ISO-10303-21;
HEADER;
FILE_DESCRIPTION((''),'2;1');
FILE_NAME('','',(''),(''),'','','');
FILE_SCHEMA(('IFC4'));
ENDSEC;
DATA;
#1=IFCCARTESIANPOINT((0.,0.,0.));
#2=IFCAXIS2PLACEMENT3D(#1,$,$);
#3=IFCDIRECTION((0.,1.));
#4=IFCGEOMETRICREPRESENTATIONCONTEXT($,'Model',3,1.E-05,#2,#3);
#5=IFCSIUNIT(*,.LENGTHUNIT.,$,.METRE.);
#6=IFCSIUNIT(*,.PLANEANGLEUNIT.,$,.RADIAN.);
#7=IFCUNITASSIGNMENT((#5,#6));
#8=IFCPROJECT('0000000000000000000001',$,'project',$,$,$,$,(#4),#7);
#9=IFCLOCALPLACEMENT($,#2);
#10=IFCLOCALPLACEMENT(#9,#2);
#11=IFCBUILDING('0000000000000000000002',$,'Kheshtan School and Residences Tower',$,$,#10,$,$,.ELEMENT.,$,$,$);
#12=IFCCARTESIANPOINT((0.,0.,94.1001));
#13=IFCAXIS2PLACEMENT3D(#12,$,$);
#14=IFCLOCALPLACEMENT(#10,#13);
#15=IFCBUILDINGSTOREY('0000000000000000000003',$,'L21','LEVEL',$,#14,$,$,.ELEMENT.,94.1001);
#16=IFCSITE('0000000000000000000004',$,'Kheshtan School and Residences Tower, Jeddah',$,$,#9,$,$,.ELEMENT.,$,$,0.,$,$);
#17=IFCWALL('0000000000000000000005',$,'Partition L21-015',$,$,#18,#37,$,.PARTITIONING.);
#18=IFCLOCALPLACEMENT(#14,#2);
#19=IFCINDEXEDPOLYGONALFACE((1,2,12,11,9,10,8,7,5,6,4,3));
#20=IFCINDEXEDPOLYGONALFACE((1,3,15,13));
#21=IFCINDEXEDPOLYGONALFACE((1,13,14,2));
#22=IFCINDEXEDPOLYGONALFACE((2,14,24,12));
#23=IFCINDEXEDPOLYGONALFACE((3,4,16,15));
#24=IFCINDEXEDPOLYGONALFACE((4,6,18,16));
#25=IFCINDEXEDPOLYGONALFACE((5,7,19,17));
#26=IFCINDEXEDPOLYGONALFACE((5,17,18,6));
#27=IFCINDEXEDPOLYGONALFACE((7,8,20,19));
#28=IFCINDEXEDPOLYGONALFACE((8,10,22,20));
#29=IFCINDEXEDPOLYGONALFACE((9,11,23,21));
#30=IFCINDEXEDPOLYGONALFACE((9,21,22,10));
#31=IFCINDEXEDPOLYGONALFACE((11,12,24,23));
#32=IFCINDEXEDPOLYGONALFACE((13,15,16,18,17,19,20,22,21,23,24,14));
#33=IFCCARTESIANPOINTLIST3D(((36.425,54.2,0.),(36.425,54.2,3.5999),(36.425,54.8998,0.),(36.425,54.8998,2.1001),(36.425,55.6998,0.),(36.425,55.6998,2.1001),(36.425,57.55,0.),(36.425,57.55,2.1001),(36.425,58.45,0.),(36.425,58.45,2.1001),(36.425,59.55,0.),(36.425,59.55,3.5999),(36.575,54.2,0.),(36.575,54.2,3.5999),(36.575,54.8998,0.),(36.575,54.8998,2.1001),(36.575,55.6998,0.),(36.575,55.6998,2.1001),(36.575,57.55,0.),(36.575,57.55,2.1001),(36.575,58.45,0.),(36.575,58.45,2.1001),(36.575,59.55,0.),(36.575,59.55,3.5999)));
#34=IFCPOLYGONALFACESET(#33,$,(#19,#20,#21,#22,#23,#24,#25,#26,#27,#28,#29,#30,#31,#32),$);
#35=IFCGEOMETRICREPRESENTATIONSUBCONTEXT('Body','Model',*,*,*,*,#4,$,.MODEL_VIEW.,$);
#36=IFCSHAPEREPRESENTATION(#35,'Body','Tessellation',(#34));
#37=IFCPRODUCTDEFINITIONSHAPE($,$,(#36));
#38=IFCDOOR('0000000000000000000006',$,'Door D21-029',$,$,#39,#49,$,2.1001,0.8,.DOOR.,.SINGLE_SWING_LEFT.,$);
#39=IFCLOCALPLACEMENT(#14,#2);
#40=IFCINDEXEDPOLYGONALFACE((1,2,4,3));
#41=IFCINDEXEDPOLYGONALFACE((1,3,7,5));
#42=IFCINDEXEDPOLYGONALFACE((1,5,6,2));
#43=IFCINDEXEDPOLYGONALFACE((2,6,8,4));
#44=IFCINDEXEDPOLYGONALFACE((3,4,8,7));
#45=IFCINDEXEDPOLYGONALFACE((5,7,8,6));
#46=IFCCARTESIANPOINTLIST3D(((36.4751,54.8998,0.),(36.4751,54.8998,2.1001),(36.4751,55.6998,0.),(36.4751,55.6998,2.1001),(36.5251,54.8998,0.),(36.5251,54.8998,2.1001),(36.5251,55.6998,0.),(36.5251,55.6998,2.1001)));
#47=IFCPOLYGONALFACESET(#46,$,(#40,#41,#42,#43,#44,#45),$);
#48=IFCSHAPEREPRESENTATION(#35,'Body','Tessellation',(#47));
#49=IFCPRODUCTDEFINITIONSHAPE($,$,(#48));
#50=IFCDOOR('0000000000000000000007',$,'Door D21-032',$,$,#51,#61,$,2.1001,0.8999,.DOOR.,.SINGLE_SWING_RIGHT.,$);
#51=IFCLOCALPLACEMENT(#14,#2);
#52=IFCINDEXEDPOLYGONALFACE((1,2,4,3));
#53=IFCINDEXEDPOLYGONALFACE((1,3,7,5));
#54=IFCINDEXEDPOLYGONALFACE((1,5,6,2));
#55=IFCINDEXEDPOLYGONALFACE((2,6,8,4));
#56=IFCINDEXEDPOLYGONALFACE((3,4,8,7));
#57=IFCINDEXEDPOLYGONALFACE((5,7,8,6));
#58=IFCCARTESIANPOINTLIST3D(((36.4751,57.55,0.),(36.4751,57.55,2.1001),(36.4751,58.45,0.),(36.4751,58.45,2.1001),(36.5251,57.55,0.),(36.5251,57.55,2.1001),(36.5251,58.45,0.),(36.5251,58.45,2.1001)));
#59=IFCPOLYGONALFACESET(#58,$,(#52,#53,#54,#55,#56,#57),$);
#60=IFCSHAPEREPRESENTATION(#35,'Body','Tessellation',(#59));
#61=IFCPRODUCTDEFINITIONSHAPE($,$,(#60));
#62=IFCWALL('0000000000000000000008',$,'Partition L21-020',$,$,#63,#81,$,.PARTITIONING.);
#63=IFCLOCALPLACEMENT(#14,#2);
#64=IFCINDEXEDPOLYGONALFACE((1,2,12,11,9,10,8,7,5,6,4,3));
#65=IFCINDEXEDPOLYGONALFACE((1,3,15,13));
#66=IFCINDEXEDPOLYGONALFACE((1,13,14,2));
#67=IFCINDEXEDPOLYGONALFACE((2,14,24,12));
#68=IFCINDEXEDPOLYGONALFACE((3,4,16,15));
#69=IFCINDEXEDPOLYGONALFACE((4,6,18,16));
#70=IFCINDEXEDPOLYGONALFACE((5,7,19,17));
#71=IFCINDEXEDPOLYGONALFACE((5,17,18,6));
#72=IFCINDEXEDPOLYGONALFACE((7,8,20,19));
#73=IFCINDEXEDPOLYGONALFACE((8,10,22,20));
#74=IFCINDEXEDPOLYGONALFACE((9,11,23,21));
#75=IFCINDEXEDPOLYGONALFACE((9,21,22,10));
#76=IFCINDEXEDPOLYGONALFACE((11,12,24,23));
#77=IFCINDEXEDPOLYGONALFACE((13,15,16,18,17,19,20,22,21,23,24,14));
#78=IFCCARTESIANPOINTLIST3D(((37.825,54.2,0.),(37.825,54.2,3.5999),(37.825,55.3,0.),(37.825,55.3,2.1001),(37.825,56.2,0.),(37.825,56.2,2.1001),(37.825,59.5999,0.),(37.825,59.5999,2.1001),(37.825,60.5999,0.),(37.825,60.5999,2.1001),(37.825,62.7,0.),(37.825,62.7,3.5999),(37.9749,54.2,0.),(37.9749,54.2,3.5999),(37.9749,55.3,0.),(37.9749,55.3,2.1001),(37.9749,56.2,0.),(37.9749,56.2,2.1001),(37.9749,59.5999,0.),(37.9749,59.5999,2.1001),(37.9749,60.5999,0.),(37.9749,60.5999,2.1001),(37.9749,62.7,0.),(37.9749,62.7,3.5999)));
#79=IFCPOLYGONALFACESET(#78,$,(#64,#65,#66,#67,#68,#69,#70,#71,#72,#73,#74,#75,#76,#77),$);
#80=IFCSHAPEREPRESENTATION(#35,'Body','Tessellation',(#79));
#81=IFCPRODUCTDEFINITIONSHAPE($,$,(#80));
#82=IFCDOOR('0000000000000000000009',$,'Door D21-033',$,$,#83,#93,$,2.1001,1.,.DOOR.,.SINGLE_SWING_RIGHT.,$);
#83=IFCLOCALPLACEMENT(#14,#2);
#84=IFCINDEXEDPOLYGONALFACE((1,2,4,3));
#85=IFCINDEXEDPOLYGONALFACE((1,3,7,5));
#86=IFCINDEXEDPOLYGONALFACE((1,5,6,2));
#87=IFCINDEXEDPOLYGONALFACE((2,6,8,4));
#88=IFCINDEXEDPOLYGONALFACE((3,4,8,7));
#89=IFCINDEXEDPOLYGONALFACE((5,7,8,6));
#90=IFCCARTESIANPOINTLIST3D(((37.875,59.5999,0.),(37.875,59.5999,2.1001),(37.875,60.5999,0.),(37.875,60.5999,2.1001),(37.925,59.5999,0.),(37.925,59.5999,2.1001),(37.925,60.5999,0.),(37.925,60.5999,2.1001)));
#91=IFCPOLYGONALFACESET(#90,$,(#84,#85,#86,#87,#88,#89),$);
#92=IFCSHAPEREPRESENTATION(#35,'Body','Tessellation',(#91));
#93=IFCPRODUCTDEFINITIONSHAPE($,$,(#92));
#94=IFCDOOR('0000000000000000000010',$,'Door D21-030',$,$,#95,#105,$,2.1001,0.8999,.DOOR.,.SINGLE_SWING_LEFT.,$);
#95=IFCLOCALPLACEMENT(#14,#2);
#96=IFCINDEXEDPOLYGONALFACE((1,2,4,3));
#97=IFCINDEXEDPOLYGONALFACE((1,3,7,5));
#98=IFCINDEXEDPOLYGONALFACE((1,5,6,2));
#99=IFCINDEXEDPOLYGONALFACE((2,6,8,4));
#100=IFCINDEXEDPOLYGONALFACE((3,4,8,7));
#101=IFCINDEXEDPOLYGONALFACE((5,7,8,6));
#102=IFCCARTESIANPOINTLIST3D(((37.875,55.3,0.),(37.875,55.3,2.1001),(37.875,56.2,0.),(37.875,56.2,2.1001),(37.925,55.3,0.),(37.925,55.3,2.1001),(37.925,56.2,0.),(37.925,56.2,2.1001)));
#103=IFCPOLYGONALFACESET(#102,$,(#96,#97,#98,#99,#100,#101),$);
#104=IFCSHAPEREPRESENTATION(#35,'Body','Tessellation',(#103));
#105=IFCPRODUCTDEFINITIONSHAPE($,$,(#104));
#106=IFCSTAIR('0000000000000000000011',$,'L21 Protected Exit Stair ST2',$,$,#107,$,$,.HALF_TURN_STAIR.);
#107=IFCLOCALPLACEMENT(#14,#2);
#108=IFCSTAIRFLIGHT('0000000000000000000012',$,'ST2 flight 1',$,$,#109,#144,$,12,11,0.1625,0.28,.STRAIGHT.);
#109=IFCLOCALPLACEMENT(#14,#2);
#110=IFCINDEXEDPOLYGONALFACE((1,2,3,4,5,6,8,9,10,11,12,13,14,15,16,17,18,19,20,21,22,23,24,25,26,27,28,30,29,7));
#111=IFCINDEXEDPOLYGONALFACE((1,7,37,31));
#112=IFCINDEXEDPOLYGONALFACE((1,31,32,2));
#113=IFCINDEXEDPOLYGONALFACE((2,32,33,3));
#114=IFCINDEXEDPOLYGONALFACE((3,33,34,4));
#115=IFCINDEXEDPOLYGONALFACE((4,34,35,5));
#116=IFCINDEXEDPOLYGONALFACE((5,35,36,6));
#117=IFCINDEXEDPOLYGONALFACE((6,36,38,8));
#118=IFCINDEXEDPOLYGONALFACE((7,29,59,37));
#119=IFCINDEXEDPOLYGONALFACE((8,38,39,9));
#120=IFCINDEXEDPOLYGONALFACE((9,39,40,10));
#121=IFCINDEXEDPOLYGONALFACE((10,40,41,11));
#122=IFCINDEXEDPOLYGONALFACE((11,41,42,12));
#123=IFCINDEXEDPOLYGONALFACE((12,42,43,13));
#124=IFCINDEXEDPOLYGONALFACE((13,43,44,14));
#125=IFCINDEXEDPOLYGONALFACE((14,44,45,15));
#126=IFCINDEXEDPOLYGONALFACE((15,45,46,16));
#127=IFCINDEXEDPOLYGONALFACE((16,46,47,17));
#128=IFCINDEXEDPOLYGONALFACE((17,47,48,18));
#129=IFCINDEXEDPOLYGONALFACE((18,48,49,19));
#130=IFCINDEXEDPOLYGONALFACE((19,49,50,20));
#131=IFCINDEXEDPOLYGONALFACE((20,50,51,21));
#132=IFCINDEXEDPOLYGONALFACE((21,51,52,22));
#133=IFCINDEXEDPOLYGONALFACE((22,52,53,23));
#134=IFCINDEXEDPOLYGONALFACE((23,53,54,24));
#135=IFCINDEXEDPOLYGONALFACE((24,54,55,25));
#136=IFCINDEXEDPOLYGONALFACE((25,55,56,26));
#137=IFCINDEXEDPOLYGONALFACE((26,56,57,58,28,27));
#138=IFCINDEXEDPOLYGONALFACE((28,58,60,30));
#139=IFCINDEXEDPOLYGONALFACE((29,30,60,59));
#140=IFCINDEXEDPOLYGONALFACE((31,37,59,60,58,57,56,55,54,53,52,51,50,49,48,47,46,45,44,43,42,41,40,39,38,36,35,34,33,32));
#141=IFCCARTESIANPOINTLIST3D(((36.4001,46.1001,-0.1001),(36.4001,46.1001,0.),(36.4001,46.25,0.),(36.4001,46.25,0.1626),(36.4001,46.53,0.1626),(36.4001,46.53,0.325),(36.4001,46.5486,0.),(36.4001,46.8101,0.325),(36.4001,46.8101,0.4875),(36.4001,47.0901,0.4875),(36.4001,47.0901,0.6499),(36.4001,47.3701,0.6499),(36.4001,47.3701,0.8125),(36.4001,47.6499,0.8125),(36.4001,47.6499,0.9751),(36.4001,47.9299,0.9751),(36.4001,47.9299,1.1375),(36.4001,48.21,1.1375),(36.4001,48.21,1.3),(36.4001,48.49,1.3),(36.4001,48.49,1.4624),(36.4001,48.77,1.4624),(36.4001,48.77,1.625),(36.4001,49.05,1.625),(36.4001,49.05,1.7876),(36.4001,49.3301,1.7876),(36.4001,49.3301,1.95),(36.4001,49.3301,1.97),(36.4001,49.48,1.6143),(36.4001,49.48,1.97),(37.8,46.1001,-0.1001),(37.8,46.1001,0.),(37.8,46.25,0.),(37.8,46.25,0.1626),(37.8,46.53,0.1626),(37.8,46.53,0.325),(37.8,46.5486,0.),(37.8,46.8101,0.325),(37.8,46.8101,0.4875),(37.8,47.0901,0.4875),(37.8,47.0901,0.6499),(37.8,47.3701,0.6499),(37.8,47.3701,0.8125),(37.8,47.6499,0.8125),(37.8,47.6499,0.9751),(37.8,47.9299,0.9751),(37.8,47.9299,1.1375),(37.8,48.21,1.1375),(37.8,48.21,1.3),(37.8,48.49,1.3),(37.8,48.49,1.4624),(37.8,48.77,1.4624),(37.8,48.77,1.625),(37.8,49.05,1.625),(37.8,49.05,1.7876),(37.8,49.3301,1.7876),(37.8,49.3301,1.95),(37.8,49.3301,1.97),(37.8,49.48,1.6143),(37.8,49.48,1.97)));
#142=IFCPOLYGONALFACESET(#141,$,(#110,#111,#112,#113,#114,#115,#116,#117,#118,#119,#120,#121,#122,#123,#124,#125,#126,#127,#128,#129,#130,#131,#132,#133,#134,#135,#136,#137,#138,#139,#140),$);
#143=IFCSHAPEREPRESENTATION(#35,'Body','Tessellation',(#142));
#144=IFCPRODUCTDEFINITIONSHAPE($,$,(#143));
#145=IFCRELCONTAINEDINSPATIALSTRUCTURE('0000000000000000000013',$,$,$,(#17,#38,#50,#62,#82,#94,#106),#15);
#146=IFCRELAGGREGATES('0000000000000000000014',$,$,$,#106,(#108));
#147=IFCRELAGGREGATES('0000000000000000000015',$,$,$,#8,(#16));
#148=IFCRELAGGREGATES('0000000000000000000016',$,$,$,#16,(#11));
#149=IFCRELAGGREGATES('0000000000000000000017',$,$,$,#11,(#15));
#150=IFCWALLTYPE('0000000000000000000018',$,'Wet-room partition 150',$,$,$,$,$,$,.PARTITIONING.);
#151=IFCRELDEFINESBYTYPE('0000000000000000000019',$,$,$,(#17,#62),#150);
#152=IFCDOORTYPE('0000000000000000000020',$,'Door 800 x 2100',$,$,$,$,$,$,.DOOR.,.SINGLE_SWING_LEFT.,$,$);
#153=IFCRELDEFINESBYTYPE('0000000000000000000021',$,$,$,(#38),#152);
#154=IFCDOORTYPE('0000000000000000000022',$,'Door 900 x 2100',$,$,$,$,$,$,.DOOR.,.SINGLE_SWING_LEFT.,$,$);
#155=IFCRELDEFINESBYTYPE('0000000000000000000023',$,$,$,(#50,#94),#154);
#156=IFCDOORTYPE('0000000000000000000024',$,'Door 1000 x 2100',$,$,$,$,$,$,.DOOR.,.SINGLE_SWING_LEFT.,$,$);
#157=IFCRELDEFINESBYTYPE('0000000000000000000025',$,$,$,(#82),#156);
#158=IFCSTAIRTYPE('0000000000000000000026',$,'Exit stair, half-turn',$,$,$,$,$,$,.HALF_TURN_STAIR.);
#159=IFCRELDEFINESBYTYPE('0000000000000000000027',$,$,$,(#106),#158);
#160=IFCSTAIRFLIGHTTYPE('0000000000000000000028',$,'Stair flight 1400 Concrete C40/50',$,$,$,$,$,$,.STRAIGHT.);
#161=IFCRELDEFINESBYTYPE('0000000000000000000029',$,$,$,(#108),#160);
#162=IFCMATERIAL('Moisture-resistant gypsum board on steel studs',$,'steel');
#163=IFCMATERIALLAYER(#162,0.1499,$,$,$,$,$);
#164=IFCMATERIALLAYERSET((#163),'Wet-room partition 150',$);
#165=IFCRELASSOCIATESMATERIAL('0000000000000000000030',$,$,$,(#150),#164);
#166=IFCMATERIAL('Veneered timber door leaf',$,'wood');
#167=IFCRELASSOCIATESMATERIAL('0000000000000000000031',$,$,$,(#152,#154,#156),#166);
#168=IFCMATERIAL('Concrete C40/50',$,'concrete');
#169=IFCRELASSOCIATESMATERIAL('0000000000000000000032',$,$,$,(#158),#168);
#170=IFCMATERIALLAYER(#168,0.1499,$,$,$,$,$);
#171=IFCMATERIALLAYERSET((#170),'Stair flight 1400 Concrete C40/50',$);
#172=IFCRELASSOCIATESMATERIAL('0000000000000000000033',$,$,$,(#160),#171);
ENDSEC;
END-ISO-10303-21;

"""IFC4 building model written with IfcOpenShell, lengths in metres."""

from ifc_helpers import new_model, si_unit, direction, frame, frame_2d, origin, place, context, subcontext, project, spatial, polyline, rectangle, outline, extrude, source, transform, mapped, material, layer, layer_set, type_object, element, fill, aggregate, save


model = new_model("IFC4")

# Units and contexts
model_context = context("Model", 3, precision=1e-05, world=origin(), true_north=direction((0.0, 1.0)))
body_context = subcontext(model_context, "Body", "Model", "MODEL_VIEW")
ifc_project = project(units=[si_unit("LENGTHUNIT", "METRE"), si_unit("PLANEANGLEUNIT", "RADIAN")], contexts=[model_context])

# Site, building, storey
site_placement = place(None, origin())
site = spatial("IfcSite", under=ifc_project, at=site_placement, Name="Kheshtan School and Residences Tower, Jeddah", CompositionType="ELEMENT", RefElevation=0.0)
building_placement = place(site_placement, origin())
building = spatial("IfcBuilding", under=site, at=building_placement, Name="Kheshtan School and Residences Tower", CompositionType="ELEMENT")
storey_placement = place(building_placement, frame((0.0, 0.0, 94.1001)))
storey = spatial("IfcBuildingStorey", under=building, at=storey_placement, Name="L21", Description="LEVEL", CompositionType="ELEMENT", Elevation=94.1001)

# Shared definitions
ifc_material_1 = material(Name="Concrete C40/50", Category="concrete")

# Walls, openings, doors
ifc_material_2 = material(Name="Moisture-resistant gypsum board on steel studs", Category="steel")
ifc_layer_1 = layer(ifc_material_2, 0.1499)
ifc_layer_set_1 = layer_set([ifc_layer_1], Name="Wet-room partition 150")
wall_type_1 = type_object("IfcWallType", Name="Wet-room partition 150", PredefinedType="PARTITIONING", material=ifc_layer_set_1)
wall_1_placement = place(storey_placement, frame((36.5, 54.2, 0.0), z_axis=(0.0, 0.0, 1.0), x_axis=(0.0, 1.0, 0.0)))
wall_1 = element("IfcWall", 1, at=wall_1_placement, inside=storey, type_object=wall_type_1, Name="Partition L21-015", PredefinedType="PARTITIONING", context=body_context, shape_type="SweptSolid", body=[
    extrude(rectangle(XDim=5.3501, YDim=0.1499, at=frame_2d((2.675, 0.0))), origin(), (0.0, 0.0, 1.0), 3.5999),
])
opening_1_placement = place(wall_1_placement, frame((0.7, 0.0, 0.0)))
opening_1 = element("IfcOpeningElement", 2, at=opening_1_placement, cuts=wall_1, PredefinedType="OPENING", context=body_context, shape_type="SweptSolid", body=[
    extrude(rectangle(XDim=0.8, YDim=2.1001, at=frame_2d((0.3999, 1.05))), frame((0.0, 0.085, 0.0), z_axis=(0.0, -1.0, 0.0), x_axis=(1.0, 0.0, 0.0)), (0.0, 0.0, 1.0), 0.1699),
])
opening_2_placement = place(wall_1_placement, frame((3.3501, 0.0, 0.0)))
opening_2 = element("IfcOpeningElement", 3, at=opening_2_placement, cuts=wall_1, PredefinedType="OPENING", context=body_context, shape_type="SweptSolid", body=[
    extrude(rectangle(XDim=0.8999, YDim=2.1001, at=frame_2d((0.45, 1.05))), frame((0.0, 0.085, 0.0), z_axis=(0.0, -1.0, 0.0), x_axis=(1.0, 0.0, 0.0)), (0.0, 0.0, 1.0), 0.1699),
])
ifc_material_3 = material(Name="Veneered timber door leaf", Category="wood")
door_type_1 = type_object("IfcDoorType", Name="Door 800 x 2100", OperationType="SINGLE_SWING_LEFT", PredefinedType="DOOR", material=ifc_material_3)
shared_shape_1 = source(origin(), body_context, "Body", "SweptSolid", [
    extrude(rectangle(XDim=0.8, YDim=2.1001, at=frame_2d((0.3999, 1.05))), frame((0.0, 0.0249, 0.0), z_axis=(0.0, -1.0, 0.0), x_axis=(1.0, 0.0, 0.0)), (0.0, 0.0, 1.0), 0.05),
])
door_1_placement = place(opening_1_placement, origin())
door_1 = element("IfcDoor", 4, at=door_1_placement, inside=storey, type_object=door_type_1, Name="Door D21-029", OperationType="SINGLE_SWING_LEFT", OverallHeight=2.1001, OverallWidth=0.8, PredefinedType="DOOR", context=body_context, shape_type="MappedRepresentation", body=[
    mapped(shared_shape_1, transform((0.0, 0.0, 0.0), x_axis=(1.0, 0.0, 0.0), y_axis=(0.0, 1.0, 0.0), z_axis=(0.0, 0.0, 1.0), scale=1.0)),
])
fill(opening_1, door_1)
door_type_2 = type_object("IfcDoorType", Name="Door 900 x 2100", OperationType="SINGLE_SWING_LEFT", PredefinedType="DOOR", material=ifc_material_3)
shared_shape_2 = source(origin(), body_context, "Body", "SweptSolid", [
    extrude(rectangle(XDim=0.8999, YDim=2.1001, at=frame_2d((0.45, 1.05))), frame((0.0, 0.0249, 0.0), z_axis=(0.0, -1.0, 0.0), x_axis=(1.0, 0.0, 0.0)), (0.0, 0.0, 1.0), 0.05),
])
door_2_placement = place(opening_2_placement, origin())
door_2 = element("IfcDoor", 5, at=door_2_placement, inside=storey, type_object=door_type_2, Name="Door D21-032", OperationType="SINGLE_SWING_RIGHT", OverallHeight=2.1001, OverallWidth=0.8999, PredefinedType="DOOR", context=body_context, shape_type="MappedRepresentation", body=[
    mapped(shared_shape_2, transform((0.0, 0.0, 0.0), x_axis=(1.0, 0.0, 0.0), y_axis=(0.0, 1.0, 0.0), z_axis=(0.0, 0.0, 1.0), scale=1.0)),
])
fill(opening_2, door_2)
wall_2_placement = place(storey_placement, frame((37.8999, 54.2, 0.0), z_axis=(0.0, 0.0, 1.0), x_axis=(0.0, 1.0, 0.0)))
wall_2 = element("IfcWall", 6, at=wall_2_placement, inside=storey, type_object=wall_type_1, Name="Partition L21-020", PredefinedType="PARTITIONING", context=body_context, shape_type="SweptSolid", body=[
    extrude(rectangle(XDim=8.5, YDim=0.1499, at=frame_2d((4.25, 0.0))), origin(), (0.0, 0.0, 1.0), 3.5999),
])
opening_3_placement = place(wall_2_placement, frame((1.1001, 0.0, 0.0)))
opening_3 = element("IfcOpeningElement", 7, at=opening_3_placement, cuts=wall_2, PredefinedType="OPENING", context=body_context, shape_type="SweptSolid", body=[
    extrude(rectangle(XDim=0.8999, YDim=2.1001, at=frame_2d((0.45, 1.05))), frame((0.0, 0.085, 0.0), z_axis=(0.0, -1.0, 0.0), x_axis=(1.0, 0.0, 0.0)), (0.0, 0.0, 1.0), 0.1699),
])
opening_4_placement = place(wall_2_placement, frame((5.3999, 0.0, 0.0)))
opening_4 = element("IfcOpeningElement", 8, at=opening_4_placement, cuts=wall_2, PredefinedType="OPENING", context=body_context, shape_type="SweptSolid", body=[
    extrude(rectangle(XDim=1.0, YDim=2.1001, at=frame_2d((0.5, 1.05))), frame((0.0, 0.085, 0.0), z_axis=(0.0, -1.0, 0.0), x_axis=(1.0, 0.0, 0.0)), (0.0, 0.0, 1.0), 0.1699),
])
door_type_3 = type_object("IfcDoorType", Name="Door 1000 x 2100", OperationType="SINGLE_SWING_LEFT", PredefinedType="DOOR", material=ifc_material_3)
shared_shape_3 = source(origin(), body_context, "Body", "SweptSolid", [
    extrude(rectangle(XDim=1.0, YDim=2.1001, at=frame_2d((0.5, 1.05))), frame((0.0, 0.0249, 0.0), z_axis=(0.0, -1.0, 0.0), x_axis=(1.0, 0.0, 0.0)), (0.0, 0.0, 1.0), 0.05),
])
door_3_placement = place(opening_4_placement, origin())
door_3 = element("IfcDoor", 9, at=door_3_placement, inside=storey, type_object=door_type_3, Name="Door D21-033", OperationType="SINGLE_SWING_RIGHT", OverallHeight=2.1001, OverallWidth=1.0, PredefinedType="DOOR", context=body_context, shape_type="MappedRepresentation", body=[
    mapped(shared_shape_3, transform((0.0, 0.0, 0.0), x_axis=(1.0, 0.0, 0.0), y_axis=(0.0, 1.0, 0.0), z_axis=(0.0, 0.0, 1.0), scale=1.0)),
])
fill(opening_4, door_3)
door_4_placement = place(opening_3_placement, origin())
door_4 = element("IfcDoor", 10, at=door_4_placement, inside=storey, type_object=door_type_2, Name="Door D21-030", OperationType="SINGLE_SWING_LEFT", OverallHeight=2.1001, OverallWidth=0.8999, PredefinedType="DOOR", context=body_context, shape_type="MappedRepresentation", body=[
    mapped(shared_shape_2, transform((0.0, 0.0, 0.0), x_axis=(1.0, 0.0, 0.0), y_axis=(0.0, 1.0, 0.0), z_axis=(0.0, 0.0, 1.0), scale=1.0)),
])
fill(opening_3, door_4)

# Stair, stair flight
stair_type = type_object("IfcStairType", Name="Exit stair, half-turn", PredefinedType="HALF_TURN_STAIR", material=ifc_material_1)
stair_placement = place(storey_placement, origin())
stair = element("IfcStair", 11, at=stair_placement, inside=storey, type_object=stair_type, Name="L21 Protected Exit Stair ST2", PredefinedType="HALF_TURN_STAIR")
ifc_layer_2 = layer(ifc_material_1, 0.1499)
ifc_layer_set_2 = layer_set([ifc_layer_2], Name="Stair flight 1400 Concrete C40/50")
stair_flight_type = type_object("IfcStairFlightType", Name="Stair flight 1400 Concrete C40/50", PredefinedType="STRAIGHT", material=ifc_layer_set_2)
stair_flight_placement = place(storey_placement, frame((37.1001, 46.25, 0.0), z_axis=(0.0, 0.0, 1.0), x_axis=(0.0, 1.0, 0.0)))
stair_flight = element("IfcStairFlight", 12, at=stair_flight_placement, type_object=stair_flight_type, Name="ST2 flight 1", NumberOfRisers=12, NumberOfTreads=11, PredefinedType="STRAIGHT", RiserHeight=0.1625, TreadLength=0.28, context=body_context, shape_type="SweptSolid", body=[
    extrude(outline(polyline([(-0.1499, -0.1001), (-0.1499, 0.0), (0.0, 0.0), (0.0, 0.1626), (0.28, 0.1626), (0.28, 0.325), (0.5601, 0.325), (0.5601, 0.4875), (0.8401, 0.4875), (0.8401, 0.6499), (1.1201, 0.6499), (1.1201, 0.8125), (1.3999, 0.8125), (1.3999, 0.9751), (1.6799, 0.9751), (1.6799, 1.1375), (1.96, 1.1375), (1.96, 1.3), (2.24, 1.3), (2.24, 1.4624), (2.52, 1.4624), (2.52, 1.625), (2.8, 1.625), (2.8, 1.7876), (3.0801, 1.7876), (3.0801, 1.95), (3.0801, 1.97), (3.23, 1.97), (3.23, 1.6143), (0.2986, 0.0), (-0.1499, -0.1001)])), frame((0.0, 0.7, 0.0), z_axis=(0.0, -1.0, 0.0), x_axis=(1.0, 0.0, 0.0)), (0.0, 0.0, 1.0), 1.3999),
])
aggregate(stair, [stair_flight])

save(model, "model.ifc")
